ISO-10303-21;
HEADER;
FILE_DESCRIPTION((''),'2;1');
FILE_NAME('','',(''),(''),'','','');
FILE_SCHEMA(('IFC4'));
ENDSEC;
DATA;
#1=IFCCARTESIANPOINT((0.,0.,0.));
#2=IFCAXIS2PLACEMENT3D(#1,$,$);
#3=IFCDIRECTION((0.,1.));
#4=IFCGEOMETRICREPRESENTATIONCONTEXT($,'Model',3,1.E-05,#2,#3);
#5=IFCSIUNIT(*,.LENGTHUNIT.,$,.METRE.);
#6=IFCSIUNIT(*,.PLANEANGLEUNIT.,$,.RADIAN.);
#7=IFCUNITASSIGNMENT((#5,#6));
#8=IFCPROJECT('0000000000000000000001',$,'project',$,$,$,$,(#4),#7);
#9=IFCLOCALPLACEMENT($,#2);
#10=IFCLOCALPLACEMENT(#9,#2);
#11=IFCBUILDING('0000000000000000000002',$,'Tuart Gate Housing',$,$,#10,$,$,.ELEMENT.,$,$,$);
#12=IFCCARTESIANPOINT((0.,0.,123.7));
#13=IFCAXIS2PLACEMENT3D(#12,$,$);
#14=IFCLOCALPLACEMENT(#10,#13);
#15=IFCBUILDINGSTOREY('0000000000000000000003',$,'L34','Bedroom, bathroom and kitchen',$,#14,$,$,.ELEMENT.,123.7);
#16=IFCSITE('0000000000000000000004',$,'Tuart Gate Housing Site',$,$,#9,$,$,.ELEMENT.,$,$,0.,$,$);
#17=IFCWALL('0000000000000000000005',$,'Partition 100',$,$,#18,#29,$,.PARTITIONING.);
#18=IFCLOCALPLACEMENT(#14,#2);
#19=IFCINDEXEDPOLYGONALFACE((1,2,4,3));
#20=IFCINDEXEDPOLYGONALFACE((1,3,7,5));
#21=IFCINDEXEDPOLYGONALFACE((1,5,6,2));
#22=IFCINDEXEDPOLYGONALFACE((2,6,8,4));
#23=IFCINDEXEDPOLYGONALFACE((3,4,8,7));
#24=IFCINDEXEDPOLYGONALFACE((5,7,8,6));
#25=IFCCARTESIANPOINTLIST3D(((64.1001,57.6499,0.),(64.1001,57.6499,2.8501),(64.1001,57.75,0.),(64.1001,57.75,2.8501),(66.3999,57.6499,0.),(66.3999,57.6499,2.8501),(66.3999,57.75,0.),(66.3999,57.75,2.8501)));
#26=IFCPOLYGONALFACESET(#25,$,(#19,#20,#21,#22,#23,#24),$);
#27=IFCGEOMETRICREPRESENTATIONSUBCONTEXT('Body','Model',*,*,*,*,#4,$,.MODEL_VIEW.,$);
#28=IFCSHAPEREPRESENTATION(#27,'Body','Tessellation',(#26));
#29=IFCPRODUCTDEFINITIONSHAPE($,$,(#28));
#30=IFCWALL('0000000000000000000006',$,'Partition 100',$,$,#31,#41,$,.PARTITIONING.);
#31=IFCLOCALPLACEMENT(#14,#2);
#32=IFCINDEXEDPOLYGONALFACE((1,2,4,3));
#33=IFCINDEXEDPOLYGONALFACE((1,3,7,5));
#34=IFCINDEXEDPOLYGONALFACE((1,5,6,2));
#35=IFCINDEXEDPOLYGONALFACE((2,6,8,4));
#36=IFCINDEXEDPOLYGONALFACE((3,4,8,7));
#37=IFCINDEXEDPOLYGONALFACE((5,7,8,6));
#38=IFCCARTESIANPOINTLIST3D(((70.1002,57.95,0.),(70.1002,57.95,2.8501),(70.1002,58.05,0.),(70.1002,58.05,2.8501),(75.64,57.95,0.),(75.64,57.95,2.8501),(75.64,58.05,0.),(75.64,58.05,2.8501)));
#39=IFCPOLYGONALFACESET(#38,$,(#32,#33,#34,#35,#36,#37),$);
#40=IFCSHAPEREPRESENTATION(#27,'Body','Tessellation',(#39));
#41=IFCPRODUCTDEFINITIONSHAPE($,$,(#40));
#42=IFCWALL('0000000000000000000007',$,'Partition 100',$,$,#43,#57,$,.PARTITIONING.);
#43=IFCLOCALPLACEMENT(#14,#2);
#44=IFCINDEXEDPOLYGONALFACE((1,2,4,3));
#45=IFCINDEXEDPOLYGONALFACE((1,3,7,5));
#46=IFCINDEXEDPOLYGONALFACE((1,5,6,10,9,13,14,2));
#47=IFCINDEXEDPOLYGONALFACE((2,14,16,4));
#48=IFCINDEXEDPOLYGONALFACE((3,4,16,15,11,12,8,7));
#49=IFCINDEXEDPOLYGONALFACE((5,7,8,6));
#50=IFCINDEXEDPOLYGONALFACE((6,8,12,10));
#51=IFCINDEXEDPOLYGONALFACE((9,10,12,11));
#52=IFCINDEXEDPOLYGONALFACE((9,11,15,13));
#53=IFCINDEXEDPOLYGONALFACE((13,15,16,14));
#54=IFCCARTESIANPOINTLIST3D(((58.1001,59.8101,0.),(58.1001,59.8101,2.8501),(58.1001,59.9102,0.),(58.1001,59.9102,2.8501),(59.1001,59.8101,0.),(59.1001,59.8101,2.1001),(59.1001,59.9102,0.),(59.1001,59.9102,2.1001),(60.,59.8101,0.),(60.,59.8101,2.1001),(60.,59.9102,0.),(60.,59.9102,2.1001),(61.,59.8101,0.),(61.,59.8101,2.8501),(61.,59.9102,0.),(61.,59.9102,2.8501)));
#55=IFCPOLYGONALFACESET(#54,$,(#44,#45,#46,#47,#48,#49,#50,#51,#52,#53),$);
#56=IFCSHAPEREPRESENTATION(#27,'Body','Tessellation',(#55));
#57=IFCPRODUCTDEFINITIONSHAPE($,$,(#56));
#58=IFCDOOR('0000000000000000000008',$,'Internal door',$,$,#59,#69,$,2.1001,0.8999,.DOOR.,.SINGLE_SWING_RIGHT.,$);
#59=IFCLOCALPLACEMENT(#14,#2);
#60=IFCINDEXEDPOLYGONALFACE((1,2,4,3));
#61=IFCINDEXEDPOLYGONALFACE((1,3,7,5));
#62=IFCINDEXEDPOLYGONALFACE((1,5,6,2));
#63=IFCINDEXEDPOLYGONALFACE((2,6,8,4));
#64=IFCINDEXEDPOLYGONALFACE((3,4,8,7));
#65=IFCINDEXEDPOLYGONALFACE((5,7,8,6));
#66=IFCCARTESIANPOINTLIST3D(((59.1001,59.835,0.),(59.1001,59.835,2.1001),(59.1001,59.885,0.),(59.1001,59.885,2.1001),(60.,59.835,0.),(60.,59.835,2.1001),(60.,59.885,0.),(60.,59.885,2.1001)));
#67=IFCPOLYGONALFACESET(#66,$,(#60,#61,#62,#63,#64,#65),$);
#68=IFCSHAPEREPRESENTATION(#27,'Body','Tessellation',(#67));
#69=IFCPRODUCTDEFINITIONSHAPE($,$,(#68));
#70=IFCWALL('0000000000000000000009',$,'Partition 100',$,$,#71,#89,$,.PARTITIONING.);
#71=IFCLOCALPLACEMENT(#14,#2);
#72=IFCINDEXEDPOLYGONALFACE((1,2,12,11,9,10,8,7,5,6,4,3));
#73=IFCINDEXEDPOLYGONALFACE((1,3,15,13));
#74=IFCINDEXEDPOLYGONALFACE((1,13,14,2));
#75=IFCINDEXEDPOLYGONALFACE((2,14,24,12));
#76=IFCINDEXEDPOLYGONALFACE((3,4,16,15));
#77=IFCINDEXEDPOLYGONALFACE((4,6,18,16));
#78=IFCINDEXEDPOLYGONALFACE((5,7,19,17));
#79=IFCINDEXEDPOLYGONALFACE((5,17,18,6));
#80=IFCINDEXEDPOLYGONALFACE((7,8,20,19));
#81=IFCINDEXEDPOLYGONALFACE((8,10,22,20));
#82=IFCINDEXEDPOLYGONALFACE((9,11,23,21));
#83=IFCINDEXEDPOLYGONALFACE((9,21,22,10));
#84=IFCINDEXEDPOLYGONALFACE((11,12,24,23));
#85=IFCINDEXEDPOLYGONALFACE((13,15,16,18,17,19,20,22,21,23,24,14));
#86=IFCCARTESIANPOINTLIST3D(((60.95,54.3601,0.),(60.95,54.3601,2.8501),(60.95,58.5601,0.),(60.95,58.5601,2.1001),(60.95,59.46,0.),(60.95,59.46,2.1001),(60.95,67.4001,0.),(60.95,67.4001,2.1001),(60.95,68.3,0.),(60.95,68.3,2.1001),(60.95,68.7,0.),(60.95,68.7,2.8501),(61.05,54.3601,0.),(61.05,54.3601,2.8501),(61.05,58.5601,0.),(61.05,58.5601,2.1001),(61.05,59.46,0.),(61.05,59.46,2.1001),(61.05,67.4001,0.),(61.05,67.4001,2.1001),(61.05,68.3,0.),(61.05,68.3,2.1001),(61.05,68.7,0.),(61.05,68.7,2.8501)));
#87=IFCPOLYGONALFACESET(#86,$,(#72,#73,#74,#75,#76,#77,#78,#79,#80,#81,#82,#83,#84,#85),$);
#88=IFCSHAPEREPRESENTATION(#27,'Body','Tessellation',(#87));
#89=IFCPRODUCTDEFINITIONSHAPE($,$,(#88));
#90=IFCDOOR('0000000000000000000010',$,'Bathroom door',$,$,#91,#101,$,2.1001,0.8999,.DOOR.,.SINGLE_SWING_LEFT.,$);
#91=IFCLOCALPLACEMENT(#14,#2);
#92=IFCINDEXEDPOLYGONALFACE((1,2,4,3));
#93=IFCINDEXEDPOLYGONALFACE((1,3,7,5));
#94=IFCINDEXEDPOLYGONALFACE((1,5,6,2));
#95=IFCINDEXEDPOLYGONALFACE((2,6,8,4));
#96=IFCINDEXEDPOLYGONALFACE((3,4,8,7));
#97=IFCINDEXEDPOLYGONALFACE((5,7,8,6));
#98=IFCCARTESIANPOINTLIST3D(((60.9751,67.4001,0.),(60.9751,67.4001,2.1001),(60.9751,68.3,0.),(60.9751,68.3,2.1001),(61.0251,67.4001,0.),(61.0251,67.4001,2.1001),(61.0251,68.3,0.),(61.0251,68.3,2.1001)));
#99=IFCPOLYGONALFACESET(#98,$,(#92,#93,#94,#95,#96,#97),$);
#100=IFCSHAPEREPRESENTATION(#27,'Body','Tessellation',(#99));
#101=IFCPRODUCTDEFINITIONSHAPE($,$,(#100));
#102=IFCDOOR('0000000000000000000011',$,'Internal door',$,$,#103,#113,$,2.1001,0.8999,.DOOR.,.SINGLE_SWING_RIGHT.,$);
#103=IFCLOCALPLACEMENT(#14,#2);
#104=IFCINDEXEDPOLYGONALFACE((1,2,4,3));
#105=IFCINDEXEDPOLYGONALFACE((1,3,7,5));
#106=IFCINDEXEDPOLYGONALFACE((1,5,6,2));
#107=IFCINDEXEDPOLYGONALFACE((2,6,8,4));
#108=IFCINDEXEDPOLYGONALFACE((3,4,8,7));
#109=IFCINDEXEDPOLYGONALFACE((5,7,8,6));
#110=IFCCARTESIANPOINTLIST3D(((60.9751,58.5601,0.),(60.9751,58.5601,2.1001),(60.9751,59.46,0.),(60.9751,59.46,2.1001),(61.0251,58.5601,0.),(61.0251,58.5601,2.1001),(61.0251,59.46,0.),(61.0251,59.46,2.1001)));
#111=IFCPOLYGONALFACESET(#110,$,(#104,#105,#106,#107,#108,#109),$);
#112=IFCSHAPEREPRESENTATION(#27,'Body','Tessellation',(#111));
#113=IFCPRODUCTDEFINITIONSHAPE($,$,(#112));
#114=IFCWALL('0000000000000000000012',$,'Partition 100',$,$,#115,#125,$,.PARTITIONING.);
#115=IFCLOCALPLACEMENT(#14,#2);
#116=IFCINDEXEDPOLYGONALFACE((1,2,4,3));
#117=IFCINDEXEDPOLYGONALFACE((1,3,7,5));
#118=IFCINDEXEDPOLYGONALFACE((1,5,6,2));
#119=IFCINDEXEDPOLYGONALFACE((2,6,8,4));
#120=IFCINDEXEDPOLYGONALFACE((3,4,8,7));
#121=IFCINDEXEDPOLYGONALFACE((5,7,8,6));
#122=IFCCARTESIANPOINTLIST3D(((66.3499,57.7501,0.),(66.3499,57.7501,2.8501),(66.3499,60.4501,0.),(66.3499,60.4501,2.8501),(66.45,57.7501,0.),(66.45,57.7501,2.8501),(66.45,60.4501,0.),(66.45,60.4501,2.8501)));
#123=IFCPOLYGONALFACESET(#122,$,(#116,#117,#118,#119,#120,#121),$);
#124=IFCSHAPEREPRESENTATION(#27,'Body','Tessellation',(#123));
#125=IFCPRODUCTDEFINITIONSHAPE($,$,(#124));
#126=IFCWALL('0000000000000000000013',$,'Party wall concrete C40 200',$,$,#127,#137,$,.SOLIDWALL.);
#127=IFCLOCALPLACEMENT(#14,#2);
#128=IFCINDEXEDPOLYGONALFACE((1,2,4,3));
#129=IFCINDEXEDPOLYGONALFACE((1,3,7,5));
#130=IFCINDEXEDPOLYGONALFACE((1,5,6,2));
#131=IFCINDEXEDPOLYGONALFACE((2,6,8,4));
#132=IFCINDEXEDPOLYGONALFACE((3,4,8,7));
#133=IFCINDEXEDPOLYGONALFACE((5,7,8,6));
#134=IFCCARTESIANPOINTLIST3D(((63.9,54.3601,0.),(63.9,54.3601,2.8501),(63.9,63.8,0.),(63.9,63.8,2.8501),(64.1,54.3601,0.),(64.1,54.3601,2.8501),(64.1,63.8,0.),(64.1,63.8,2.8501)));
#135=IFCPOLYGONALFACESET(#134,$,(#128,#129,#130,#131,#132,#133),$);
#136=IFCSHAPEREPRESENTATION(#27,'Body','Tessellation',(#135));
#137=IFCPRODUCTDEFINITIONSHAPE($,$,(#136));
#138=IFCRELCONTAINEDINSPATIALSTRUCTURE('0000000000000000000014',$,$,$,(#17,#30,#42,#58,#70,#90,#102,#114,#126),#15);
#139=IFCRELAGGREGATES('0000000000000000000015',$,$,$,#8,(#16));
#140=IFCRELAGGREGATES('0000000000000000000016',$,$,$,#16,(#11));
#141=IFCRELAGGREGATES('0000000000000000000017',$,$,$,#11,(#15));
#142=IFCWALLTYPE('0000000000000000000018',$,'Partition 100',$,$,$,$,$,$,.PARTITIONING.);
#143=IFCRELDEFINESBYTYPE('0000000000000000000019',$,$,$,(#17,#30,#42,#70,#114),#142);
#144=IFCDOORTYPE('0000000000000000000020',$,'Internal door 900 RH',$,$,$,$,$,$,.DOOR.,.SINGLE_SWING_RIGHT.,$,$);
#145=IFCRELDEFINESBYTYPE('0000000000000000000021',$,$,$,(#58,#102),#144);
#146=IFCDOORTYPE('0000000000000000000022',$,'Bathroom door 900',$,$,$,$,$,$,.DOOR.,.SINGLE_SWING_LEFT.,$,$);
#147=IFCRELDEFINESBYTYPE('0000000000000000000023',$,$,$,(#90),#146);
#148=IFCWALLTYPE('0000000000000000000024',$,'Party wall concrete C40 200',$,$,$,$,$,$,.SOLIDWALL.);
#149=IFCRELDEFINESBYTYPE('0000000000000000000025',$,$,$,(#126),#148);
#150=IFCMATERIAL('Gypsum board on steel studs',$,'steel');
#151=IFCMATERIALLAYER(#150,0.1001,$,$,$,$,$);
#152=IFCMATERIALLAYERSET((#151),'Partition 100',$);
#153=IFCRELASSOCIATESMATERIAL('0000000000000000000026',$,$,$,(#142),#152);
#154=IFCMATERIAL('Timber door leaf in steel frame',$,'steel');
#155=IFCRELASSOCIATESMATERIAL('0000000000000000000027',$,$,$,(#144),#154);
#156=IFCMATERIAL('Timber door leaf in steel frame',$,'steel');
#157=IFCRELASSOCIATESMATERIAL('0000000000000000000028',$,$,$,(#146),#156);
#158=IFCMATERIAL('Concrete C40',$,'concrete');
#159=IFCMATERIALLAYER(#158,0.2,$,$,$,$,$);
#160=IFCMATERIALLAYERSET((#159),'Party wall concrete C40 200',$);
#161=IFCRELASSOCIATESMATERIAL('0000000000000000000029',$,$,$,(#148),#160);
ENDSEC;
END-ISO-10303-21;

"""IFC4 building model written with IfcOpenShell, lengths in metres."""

from ifc_helpers import new_model, si_unit, direction, frame, frame_2d, origin, place, context, subcontext, project, spatial, rectangle, extrude, material, layer, layer_set, type_object, element, fill, save


model = new_model("IFC4")

# Units and contexts
model_context = context("Model", 3, precision=1e-05, world=origin(), true_north=direction((0.0, 1.0)))
body_context = subcontext(model_context, "Body", "Model", "MODEL_VIEW")
ifc_project = project(units=[si_unit("LENGTHUNIT", "METRE"), si_unit("PLANEANGLEUNIT", "RADIAN")], contexts=[model_context])

# Site, building, storey
site_placement = place(None, origin())
site = spatial("IfcSite", under=ifc_project, at=site_placement, Name="Tuart Gate Housing Site", CompositionType="ELEMENT", RefElevation=0.0)
building_placement = place(site_placement, origin())
building = spatial("IfcBuilding", under=site, at=building_placement, Name="Tuart Gate Housing", CompositionType="ELEMENT")
storey_placement = place(building_placement, frame((0.0, 0.0, 123.7)))
storey = spatial("IfcBuildingStorey", under=building, at=storey_placement, Name="L34", Description="Bedroom, bathroom and kitchen", CompositionType="ELEMENT", Elevation=123.7)

# Walls
ifc_material_1 = material(Name="Gypsum board on steel studs", Category="steel")
ifc_layer_1 = layer(ifc_material_1, 0.1001)
ifc_layer_set_1 = layer_set([ifc_layer_1], Name="Partition 100")
wall_type_1 = type_object("IfcWallType", Name="Partition 100", PredefinedType="PARTITIONING", material=ifc_layer_set_1)
wall_1_placement = place(storey_placement, frame((64.1001, 57.7, 0.0), z_axis=(0.0, 0.0, 1.0), x_axis=(1.0, 0.0, 0.0)))
element("IfcWall", 1, at=wall_1_placement, inside=storey, type_object=wall_type_1, Name="Partition 100", PredefinedType="PARTITIONING", context=body_context, shape_type="SweptSolid", body=[
    extrude(rectangle(XDim=2.2998, YDim=0.1001, at=frame_2d((1.1499, 0.0))), origin(), (0.0, 0.0, 1.0), 2.8501),
])
wall_2_placement = place(storey_placement, frame((70.1001, 58.0, 0.0), z_axis=(0.0, 0.0, 1.0), x_axis=(1.0, 0.0, 0.0)))
element("IfcWall", 2, at=wall_2_placement, inside=storey, type_object=wall_type_1, Name="Partition 100", PredefinedType="PARTITIONING", context=body_context, shape_type="SweptSolid", body=[
    extrude(rectangle(XDim=5.5398, YDim=0.1001, at=frame_2d((2.77, 0.0))), origin(), (0.0, 0.0, 1.0), 2.8501),
])

# Wall, opening, door
wall_3_placement = place(storey_placement, frame((58.1001, 59.8601, 0.0), z_axis=(0.0, 0.0, 1.0), x_axis=(1.0, 0.0, 0.0)))
wall_3 = element("IfcWall", 3, at=wall_3_placement, inside=storey, type_object=wall_type_1, Name="Partition 100", PredefinedType="PARTITIONING", context=body_context, shape_type="SweptSolid", body=[
    extrude(rectangle(XDim=2.8999, YDim=0.1001, at=frame_2d((1.45, 0.0))), origin(), (0.0, 0.0, 1.0), 2.8501),
])
opening_1_placement = place(wall_3_placement, frame((1.0, 0.0, 0.0)))
opening_1 = element("IfcOpeningElement", 4, at=opening_1_placement, cuts=wall_3, PredefinedType="OPENING", context=body_context, shape_type="SweptSolid", body=[
    extrude(rectangle(XDim=0.8999, YDim=2.1001, at=frame_2d((0.45, 1.05))), frame((0.0, 0.0601, 0.0), z_axis=(0.0, -1.0, 0.0), x_axis=(1.0, 0.0, 0.0)), (0.0, 0.0, 1.0), 0.1201),
])
ifc_material_2 = material(Name="Timber door leaf in steel frame", Category="steel")
door_type_1 = type_object("IfcDoorType", Name="Internal door 900 RH", OperationType="SINGLE_SWING_RIGHT", PredefinedType="DOOR", material=ifc_material_2)
door_1_placement = place(opening_1_placement, origin())
door_1 = element("IfcDoor", 5, at=door_1_placement, inside=storey, type_object=door_type_1, Name="Internal door", OperationType="SINGLE_SWING_RIGHT", OverallHeight=2.1001, OverallWidth=0.8999, PredefinedType="DOOR", context=body_context, shape_type="SweptSolid", body=[
    extrude(rectangle(XDim=0.8999, YDim=2.1001, at=frame_2d((0.45, 1.05))), frame((0.0, 0.0249, 0.0), z_axis=(0.0, -1.0, 0.0), x_axis=(1.0, 0.0, 0.0)), (0.0, 0.0, 1.0), 0.05),
])
fill(opening_1, door_1)

# Wall, openings, doors
wall_4_placement = place(storey_placement, frame((61.0, 54.3601, 0.0), z_axis=(0.0, 0.0, 1.0), x_axis=(0.0, 1.0, 0.0)))
wall_4 = element("IfcWall", 6, at=wall_4_placement, inside=storey, type_object=wall_type_1, Name="Partition 100", PredefinedType="PARTITIONING", context=body_context, shape_type="SweptSolid", body=[
    extrude(rectangle(XDim=14.3398, YDim=0.1001, at=frame_2d((7.1699, 0.0))), origin(), (0.0, 0.0, 1.0), 2.8501),
])
opening_2_placement = place(wall_4_placement, frame((4.2, 0.0, 0.0)))
opening_2 = element("IfcOpeningElement", 7, at=opening_2_placement, cuts=wall_4, PredefinedType="OPENING", context=body_context, shape_type="SweptSolid", body=[
    extrude(rectangle(XDim=0.8999, YDim=2.1001, at=frame_2d((0.45, 1.05))), frame((0.0, 0.0601, 0.0), z_axis=(0.0, -1.0, 0.0), x_axis=(1.0, 0.0, 0.0)), (0.0, 0.0, 1.0), 0.1201),
])
opening_3_placement = place(wall_4_placement, frame((13.04, 0.0, 0.0)))
opening_3 = element("IfcOpeningElement", 8, at=opening_3_placement, cuts=wall_4, PredefinedType="OPENING", context=body_context, shape_type="SweptSolid", body=[
    extrude(rectangle(XDim=0.8999, YDim=2.1001, at=frame_2d((0.45, 1.05))), frame((0.0, 0.0601, 0.0), z_axis=(0.0, -1.0, 0.0), x_axis=(1.0, 0.0, 0.0)), (0.0, 0.0, 1.0), 0.1201),
])
ifc_material_3 = material(Name="Timber door leaf in steel frame", Category="steel")
door_type_2 = type_object("IfcDoorType", Name="Bathroom door 900", OperationType="SINGLE_SWING_LEFT", PredefinedType="DOOR", material=ifc_material_3)
door_2_placement = place(opening_3_placement, frame((0.8999, 0.0, 0.0), z_axis=(0.0, 0.0, 1.0), x_axis=(-1.0, 0.0, 0.0)))
door_2 = element("IfcDoor", 9, at=door_2_placement, inside=storey, type_object=door_type_2, Name="Bathroom door", OperationType="SINGLE_SWING_LEFT", OverallHeight=2.1001, OverallWidth=0.8999, PredefinedType="DOOR", context=body_context, shape_type="SweptSolid", body=[
    extrude(rectangle(XDim=0.8999, YDim=2.1001, at=frame_2d((0.45, 1.05))), frame((0.0, 0.0251, 0.0), z_axis=(0.0, -1.0, 0.0), x_axis=(1.0, 0.0, 0.0)), (0.0, 0.0, 1.0), 0.05),
])
fill(opening_3, door_2)
door_3_placement = place(opening_2_placement, frame((0.8999, 0.0, 0.0), z_axis=(0.0, 0.0, 1.0), x_axis=(-1.0, 0.0, 0.0)))
door_3 = element("IfcDoor", 10, at=door_3_placement, inside=storey, type_object=door_type_1, Name="Internal door", OperationType="SINGLE_SWING_RIGHT", OverallHeight=2.1001, OverallWidth=0.8999, PredefinedType="DOOR", context=body_context, shape_type="SweptSolid", body=[
    extrude(rectangle(XDim=0.8999, YDim=2.1001, at=frame_2d((0.45, 1.05))), frame((0.0, 0.0251, 0.0), z_axis=(0.0, -1.0, 0.0), x_axis=(1.0, 0.0, 0.0)), (0.0, 0.0, 1.0), 0.05),
])
fill(opening_2, door_3)

# Walls
wall_5_placement = place(storey_placement, frame((66.3999, 57.75, 0.0), z_axis=(0.0, 0.0, 1.0), x_axis=(0.0, 1.0, 0.0)))
element("IfcWall", 11, at=wall_5_placement, inside=storey, type_object=wall_type_1, Name="Partition 100", PredefinedType="PARTITIONING", context=body_context, shape_type="SweptSolid", body=[
    extrude(rectangle(XDim=2.7, YDim=0.1001, at=frame_2d((1.3501, 0.0))), origin(), (0.0, 0.0, 1.0), 2.8501),
])
ifc_material_4 = material(Name="Concrete C40", Category="concrete")
ifc_layer_2 = layer(ifc_material_4, 0.2)
ifc_layer_set_2 = layer_set([ifc_layer_2], Name="Party wall concrete C40 200")
wall_type_2 = type_object("IfcWallType", Name="Party wall concrete C40 200", PredefinedType="SOLIDWALL", material=ifc_layer_set_2)
wall_6_placement = place(storey_placement, frame((64.0, 54.3601, 0.0), z_axis=(0.0, 0.0, 1.0), x_axis=(0.0, 1.0, 0.0)))
element("IfcWall", 12, at=wall_6_placement, inside=storey, type_object=wall_type_2, Name="Party wall concrete C40 200", PredefinedType="SOLIDWALL", context=body_context, shape_type="SweptSolid", body=[
    extrude(rectangle(XDim=9.4399, YDim=0.2, at=frame_2d((4.72, 0.0))), origin(), (0.0, 0.0, 1.0), 2.8501),
])

save(model, "model.ifc")
